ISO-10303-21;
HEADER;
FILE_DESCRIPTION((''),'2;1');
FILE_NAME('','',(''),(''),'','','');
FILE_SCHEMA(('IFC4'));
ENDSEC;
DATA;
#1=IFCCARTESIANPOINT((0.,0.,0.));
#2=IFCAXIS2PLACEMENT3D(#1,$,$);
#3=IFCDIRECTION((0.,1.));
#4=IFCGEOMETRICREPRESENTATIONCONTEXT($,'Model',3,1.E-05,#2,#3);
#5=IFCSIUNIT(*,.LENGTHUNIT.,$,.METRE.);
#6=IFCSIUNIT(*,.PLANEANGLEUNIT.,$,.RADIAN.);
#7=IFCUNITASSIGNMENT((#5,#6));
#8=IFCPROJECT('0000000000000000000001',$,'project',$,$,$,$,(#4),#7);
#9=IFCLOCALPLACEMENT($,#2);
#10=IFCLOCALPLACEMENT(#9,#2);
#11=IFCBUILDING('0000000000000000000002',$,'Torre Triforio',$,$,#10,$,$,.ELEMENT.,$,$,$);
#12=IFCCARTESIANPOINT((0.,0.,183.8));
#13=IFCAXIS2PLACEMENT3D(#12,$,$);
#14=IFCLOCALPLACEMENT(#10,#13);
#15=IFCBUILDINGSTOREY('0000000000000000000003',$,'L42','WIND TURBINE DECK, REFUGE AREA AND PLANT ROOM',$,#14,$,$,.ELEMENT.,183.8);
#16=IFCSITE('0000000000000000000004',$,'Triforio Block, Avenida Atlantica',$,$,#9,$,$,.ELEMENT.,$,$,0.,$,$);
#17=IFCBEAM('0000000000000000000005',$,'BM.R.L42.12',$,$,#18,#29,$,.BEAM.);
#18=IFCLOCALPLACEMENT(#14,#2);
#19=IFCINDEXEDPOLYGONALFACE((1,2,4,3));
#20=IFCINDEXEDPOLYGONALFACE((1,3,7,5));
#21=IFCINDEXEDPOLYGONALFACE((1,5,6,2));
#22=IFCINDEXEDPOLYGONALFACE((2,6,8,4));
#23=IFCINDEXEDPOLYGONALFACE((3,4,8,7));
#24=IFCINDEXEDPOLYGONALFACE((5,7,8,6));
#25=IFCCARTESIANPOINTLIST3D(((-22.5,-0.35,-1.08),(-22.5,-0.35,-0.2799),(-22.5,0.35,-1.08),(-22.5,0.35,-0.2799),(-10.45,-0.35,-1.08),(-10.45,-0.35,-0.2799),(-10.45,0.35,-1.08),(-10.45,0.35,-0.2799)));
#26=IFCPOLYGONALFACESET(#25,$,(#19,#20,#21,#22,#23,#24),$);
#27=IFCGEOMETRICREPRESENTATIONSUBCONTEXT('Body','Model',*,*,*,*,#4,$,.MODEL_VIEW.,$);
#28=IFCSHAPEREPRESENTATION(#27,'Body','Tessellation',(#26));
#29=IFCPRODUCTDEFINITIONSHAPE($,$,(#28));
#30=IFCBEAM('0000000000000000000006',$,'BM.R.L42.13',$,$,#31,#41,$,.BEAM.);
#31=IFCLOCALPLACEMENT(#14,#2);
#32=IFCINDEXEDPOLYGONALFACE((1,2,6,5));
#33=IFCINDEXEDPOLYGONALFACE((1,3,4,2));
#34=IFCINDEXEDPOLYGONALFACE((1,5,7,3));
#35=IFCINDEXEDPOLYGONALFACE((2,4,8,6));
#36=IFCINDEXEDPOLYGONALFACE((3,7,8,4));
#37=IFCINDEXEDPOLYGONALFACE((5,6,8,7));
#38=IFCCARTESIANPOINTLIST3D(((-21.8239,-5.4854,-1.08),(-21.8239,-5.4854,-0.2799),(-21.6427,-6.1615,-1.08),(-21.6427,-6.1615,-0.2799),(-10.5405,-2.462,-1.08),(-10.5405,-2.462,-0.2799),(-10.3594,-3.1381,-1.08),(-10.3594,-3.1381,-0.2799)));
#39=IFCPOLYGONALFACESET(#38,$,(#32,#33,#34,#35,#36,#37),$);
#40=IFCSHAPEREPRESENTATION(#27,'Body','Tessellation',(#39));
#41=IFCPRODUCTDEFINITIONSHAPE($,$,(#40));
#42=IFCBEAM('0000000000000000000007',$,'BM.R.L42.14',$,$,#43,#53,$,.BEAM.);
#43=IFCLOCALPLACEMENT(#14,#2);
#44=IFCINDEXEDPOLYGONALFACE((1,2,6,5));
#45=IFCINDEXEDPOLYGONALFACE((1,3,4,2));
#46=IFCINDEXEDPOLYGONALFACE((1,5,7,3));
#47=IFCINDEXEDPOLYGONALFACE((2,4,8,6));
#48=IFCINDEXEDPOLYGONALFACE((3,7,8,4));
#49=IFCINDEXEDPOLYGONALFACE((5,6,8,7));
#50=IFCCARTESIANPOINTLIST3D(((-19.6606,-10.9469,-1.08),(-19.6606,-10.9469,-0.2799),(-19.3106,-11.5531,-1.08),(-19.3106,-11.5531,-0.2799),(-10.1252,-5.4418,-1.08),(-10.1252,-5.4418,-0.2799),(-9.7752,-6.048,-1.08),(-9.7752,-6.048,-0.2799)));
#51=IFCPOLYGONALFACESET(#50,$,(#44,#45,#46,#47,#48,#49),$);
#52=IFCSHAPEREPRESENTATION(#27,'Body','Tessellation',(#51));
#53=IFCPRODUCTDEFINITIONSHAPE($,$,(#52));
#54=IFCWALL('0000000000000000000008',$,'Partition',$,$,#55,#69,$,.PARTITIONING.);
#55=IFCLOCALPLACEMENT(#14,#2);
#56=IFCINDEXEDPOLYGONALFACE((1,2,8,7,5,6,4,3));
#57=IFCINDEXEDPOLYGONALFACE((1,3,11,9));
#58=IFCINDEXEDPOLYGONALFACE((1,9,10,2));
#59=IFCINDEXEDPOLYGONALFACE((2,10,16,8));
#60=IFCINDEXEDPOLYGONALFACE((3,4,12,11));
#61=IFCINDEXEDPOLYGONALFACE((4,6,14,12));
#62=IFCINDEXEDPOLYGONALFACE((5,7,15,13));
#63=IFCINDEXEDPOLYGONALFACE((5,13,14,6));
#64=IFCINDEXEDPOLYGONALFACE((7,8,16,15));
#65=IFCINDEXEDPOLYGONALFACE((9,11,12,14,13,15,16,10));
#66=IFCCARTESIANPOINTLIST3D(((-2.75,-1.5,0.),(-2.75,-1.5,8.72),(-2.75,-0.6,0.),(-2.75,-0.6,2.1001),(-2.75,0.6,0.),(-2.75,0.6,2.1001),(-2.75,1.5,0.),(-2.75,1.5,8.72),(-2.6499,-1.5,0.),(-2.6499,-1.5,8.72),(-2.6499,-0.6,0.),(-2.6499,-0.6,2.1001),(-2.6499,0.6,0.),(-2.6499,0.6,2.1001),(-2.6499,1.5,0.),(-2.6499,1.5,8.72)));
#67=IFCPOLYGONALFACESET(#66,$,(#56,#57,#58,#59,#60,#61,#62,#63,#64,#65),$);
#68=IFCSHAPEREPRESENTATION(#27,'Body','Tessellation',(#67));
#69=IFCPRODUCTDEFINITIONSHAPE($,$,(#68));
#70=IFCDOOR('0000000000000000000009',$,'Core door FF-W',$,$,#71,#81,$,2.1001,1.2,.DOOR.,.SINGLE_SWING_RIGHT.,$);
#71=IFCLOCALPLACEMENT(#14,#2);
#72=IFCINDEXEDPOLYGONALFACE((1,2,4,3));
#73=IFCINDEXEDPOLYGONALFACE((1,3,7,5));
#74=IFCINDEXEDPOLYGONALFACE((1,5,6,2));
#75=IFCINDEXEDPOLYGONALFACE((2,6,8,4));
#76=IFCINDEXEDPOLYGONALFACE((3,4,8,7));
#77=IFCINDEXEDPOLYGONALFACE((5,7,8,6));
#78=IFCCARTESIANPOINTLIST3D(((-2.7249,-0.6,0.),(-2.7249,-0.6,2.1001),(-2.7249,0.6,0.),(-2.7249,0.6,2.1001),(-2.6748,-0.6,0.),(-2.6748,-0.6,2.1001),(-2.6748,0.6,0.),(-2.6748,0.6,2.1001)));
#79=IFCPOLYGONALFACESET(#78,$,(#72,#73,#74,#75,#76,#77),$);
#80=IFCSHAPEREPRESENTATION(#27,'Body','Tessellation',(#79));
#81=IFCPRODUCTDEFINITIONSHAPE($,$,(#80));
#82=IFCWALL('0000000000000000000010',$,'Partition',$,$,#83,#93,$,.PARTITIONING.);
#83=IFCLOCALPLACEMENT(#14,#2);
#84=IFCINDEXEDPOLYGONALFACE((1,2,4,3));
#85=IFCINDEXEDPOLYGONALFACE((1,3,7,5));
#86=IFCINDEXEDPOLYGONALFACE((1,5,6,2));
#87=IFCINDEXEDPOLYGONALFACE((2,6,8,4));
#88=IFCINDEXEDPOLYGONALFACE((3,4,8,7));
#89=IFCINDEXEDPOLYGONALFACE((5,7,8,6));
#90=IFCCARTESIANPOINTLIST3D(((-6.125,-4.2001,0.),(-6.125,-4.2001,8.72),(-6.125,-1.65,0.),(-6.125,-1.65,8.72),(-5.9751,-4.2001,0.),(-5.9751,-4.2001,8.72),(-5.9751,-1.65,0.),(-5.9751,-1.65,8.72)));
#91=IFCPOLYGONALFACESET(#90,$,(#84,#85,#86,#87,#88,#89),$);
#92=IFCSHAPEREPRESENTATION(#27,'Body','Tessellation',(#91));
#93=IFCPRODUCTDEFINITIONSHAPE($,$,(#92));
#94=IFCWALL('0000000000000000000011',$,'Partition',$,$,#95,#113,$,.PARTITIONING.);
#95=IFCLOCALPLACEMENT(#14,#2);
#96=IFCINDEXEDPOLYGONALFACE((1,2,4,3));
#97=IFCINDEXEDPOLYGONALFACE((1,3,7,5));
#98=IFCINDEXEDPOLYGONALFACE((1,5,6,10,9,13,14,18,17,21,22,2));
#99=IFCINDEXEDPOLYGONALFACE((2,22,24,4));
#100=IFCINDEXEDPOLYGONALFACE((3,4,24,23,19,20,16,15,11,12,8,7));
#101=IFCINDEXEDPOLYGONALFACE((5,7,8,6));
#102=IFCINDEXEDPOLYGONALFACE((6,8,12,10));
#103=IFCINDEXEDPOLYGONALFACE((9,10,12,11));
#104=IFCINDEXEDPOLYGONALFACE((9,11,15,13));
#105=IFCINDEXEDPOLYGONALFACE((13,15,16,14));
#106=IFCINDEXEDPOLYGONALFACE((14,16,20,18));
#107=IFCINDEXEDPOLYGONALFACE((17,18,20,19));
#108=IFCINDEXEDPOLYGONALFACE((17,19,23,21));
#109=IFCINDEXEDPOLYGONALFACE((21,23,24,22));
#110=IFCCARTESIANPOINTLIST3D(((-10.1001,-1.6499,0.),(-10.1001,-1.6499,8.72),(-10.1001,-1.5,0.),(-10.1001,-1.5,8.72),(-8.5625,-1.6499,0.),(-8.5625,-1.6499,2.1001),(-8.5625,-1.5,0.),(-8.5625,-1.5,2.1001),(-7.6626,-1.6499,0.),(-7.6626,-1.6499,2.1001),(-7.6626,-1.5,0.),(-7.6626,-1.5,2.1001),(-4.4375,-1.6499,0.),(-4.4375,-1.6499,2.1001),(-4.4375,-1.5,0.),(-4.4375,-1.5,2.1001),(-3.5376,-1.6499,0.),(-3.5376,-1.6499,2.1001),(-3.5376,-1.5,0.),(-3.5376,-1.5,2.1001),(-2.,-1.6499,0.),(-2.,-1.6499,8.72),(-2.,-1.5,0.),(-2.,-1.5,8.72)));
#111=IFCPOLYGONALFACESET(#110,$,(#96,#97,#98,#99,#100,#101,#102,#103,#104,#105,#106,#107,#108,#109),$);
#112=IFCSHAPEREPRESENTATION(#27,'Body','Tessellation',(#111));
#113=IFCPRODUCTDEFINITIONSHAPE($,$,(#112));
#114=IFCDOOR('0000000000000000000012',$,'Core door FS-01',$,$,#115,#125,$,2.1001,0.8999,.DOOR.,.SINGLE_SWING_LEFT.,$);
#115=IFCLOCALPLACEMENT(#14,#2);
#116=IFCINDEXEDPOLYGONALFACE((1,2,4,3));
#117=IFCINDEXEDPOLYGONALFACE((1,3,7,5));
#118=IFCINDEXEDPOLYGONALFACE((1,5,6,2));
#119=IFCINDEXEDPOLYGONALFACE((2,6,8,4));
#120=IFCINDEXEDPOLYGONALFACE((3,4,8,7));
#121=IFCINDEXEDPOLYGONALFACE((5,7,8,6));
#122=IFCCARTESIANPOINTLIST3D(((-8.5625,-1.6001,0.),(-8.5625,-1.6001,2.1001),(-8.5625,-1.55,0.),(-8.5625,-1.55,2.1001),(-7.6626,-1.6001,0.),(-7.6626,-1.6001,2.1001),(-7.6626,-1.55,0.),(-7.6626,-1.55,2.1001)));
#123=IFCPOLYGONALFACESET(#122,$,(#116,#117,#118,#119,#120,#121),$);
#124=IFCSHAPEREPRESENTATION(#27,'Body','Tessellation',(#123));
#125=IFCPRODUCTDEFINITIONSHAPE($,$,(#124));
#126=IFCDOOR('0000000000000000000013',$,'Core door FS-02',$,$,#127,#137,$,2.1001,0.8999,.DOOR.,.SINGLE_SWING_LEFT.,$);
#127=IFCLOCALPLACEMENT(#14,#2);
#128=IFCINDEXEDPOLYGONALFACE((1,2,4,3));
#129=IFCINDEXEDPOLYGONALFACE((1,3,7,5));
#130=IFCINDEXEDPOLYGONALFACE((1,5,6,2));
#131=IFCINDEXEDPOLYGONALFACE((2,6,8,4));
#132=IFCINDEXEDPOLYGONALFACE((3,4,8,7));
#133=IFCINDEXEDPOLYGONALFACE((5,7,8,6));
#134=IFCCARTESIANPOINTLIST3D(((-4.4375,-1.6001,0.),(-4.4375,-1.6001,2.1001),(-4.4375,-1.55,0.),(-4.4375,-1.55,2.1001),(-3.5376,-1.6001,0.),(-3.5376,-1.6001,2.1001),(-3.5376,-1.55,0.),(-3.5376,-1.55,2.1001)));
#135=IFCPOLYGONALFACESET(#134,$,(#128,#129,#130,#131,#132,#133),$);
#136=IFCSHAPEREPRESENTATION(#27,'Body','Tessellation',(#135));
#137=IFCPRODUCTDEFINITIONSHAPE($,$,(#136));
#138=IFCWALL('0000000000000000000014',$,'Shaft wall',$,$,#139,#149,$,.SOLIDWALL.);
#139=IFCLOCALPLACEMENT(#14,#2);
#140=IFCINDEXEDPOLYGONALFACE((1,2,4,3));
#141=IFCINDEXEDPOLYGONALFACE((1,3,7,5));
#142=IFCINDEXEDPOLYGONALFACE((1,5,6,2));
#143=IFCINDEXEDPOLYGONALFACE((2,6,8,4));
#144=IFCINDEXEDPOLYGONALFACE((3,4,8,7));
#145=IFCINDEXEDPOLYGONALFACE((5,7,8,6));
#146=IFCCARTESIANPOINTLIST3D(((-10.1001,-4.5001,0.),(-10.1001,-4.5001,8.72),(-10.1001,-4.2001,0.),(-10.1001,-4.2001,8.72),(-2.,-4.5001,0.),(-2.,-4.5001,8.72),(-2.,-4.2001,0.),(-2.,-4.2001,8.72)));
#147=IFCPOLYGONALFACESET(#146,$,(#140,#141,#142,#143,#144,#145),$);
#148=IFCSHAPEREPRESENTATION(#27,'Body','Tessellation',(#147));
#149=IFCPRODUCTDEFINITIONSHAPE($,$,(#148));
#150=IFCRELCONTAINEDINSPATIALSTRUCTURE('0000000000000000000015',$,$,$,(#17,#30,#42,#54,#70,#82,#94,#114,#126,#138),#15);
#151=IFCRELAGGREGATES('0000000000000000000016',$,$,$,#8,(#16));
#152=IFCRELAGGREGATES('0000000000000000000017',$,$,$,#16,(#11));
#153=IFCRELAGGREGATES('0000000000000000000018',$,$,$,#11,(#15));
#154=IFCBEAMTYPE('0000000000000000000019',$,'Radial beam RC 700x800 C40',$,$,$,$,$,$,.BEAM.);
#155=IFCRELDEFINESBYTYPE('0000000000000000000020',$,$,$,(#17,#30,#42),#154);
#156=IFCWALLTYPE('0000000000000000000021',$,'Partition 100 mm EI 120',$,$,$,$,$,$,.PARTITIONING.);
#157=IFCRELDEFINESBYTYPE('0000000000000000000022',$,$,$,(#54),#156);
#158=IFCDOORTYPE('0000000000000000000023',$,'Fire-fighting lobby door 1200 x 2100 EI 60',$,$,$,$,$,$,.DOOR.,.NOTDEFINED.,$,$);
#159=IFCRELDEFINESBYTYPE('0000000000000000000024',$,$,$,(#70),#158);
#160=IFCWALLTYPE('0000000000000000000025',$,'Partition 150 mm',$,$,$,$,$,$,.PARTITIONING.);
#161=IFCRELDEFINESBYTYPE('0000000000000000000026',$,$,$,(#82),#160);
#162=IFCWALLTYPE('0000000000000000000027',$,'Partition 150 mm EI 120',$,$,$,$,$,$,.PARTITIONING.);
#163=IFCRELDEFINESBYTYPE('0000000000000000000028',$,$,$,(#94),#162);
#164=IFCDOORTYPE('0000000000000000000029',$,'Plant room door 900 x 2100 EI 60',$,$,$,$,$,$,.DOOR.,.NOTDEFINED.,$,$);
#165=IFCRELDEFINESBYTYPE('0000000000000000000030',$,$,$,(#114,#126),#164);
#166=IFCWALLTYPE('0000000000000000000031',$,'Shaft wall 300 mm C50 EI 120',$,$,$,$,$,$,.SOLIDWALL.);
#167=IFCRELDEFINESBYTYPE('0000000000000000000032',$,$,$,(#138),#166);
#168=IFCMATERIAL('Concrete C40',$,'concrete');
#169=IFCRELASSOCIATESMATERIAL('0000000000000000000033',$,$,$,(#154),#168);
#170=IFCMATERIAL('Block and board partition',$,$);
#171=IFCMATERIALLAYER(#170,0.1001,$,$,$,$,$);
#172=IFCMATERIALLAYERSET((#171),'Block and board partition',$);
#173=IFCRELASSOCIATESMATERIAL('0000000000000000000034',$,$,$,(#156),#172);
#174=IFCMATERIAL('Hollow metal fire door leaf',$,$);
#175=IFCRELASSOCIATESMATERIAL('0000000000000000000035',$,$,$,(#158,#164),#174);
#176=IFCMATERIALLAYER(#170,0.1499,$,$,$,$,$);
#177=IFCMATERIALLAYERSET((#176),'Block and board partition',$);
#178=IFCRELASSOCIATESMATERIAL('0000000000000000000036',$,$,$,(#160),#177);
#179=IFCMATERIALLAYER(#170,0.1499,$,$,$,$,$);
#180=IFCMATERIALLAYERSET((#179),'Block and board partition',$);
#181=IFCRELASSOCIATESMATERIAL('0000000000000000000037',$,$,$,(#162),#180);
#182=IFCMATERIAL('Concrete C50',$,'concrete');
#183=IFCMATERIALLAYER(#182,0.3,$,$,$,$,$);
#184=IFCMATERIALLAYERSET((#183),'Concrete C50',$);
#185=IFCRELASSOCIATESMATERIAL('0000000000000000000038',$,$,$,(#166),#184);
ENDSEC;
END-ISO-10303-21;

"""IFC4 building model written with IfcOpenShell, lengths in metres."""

from ifc_helpers import new_model, si_unit, direction, frame, frame_2d, origin, origin_2d, place, context, subcontext, project, spatial, rectangle, extrude, material, layer, layer_set, material_profile, profile_set, type_object, element, fill, save


model = new_model("IFC4")

# Units and contexts
model_context = context("Model", 3, precision=1e-05, world=origin(), true_north=direction((0.0, 1.0)))
body_context = subcontext(model_context, "Body", "Model", "MODEL_VIEW")
ifc_project = project(units=[si_unit("LENGTHUNIT", "METRE"), si_unit("PLANEANGLEUNIT", "RADIAN")], contexts=[model_context])

# Site, building, storey
site_placement = place(None, origin())
site = spatial("IfcSite", under=ifc_project, at=site_placement, Name="Triforio Block, Avenida Atlantica", CompositionType="ELEMENT", RefElevation=0.0)
building_placement = place(site_placement, origin())
building = spatial("IfcBuilding", under=site, at=building_placement, Name="Torre Triforio", CompositionType="ELEMENT")
storey_placement = place(building_placement, frame((0.0, 0.0, 183.8)))
storey = spatial("IfcBuildingStorey", under=building, at=storey_placement, Name="L42", Description="WIND TURBINE DECK, REFUGE AREA AND PLANT ROOM", CompositionType="ELEMENT", Elevation=183.8)

# Beams
ifc_material_1 = material(Name="Concrete C40", Category="concrete")
ifc_material_profile = material_profile(ifc_material_1, rectangle(XDim=0.7, YDim=0.8, at=origin_2d()), Name="RC 700x800")
ifc_profile_set = profile_set([ifc_material_profile], Name="Concrete C40")
beam_type = type_object("IfcBeamType", Name="Radial beam RC 700x800 C40", PredefinedType="BEAM", material=ifc_profile_set)
beam_1_placement = place(storey_placement, frame((-10.45, 0.0, -0.6799), z_axis=(-1.0, 0.0, 0.0), x_axis=(0.0, -1.0, 0.0)))
element("IfcBeam", 1, at=beam_1_placement, inside=storey, type_object=beam_type, Name="BM.R.L42.12", PredefinedType="BEAM", context=body_context, shape_type="SweptSolid", body=[
    extrude(rectangle(XDim=0.7, YDim=0.8, at=origin_2d()), origin(), (0.0, 0.0, 1.0), 12.05),
])
beam_2_placement = place(storey_placement, frame((-10.45, -2.8, -0.6799), z_axis=(-0.965925, -0.258823, 0.0), x_axis=(0.258823, -0.965925, 0.0)))
element("IfcBeam", 2, at=beam_2_placement, inside=storey, type_object=beam_type, Name="BM.R.L42.13", PredefinedType="BEAM", context=body_context, shape_type="SweptSolid", body=[
    extrude(rectangle(XDim=0.7, YDim=0.8, at=origin_2d()), origin(), (0.0, 0.0, 1.0), 11.6814),
])
beam_3_placement = place(storey_placement, frame((-9.9502, -5.7449, -0.6799), z_axis=(-0.866031, -0.499991, 0.0), x_axis=(0.499991, -0.866031, 0.0)))
element("IfcBeam", 3, at=beam_3_placement, inside=storey, type_object=beam_type, Name="BM.R.L42.14", PredefinedType="BEAM", context=body_context, shape_type="SweptSolid", body=[
    extrude(rectangle(XDim=0.7, YDim=0.8, at=origin_2d()), origin(), (0.0, 0.0, 1.0), 11.0105),
])

# Wall, opening, door
ifc_material_2 = material(Name="Block and board partition")
ifc_layer_1 = layer(ifc_material_2, 0.1001)
ifc_layer_set_1 = layer_set([ifc_layer_1], Name="Block and board partition")
wall_type_1 = type_object("IfcWallType", Name="Partition 100 mm EI 120", PredefinedType="PARTITIONING", material=ifc_layer_set_1)
wall_1_placement = place(storey_placement, frame((-2.7, -1.5, 0.0), z_axis=(0.0, 0.0, 1.0), x_axis=(0.0, 1.0, 0.0)))
wall_1 = element("IfcWall", 4, at=wall_1_placement, inside=storey, type_object=wall_type_1, Name="Partition", PredefinedType="PARTITIONING", context=body_context, shape_type="SweptSolid", body=[
    extrude(rectangle(XDim=3.0, YDim=0.1001, at=frame_2d((1.5, 0.0))), origin(), (0.0, 0.0, 1.0), 8.72),
])
opening_1_placement = place(wall_1_placement, frame((0.8999, 0.0, 0.0)))
opening_1 = element("IfcOpeningElement", 5, at=opening_1_placement, cuts=wall_1, PredefinedType="OPENING", context=body_context, shape_type="SweptSolid", body=[
    extrude(rectangle(XDim=1.2, YDim=2.1001, at=frame_2d((0.6001, 1.05))), frame((0.0, 0.0601, 0.0), z_axis=(0.0, -1.0, 0.0), x_axis=(1.0, 0.0, 0.0)), (0.0, 0.0, 1.0), 0.1201),
])
ifc_material_3 = material(Name="Hollow metal fire door leaf")
door_type_1 = type_object("IfcDoorType", Name="Fire-fighting lobby door 1200 x 2100 EI 60", OperationType="NOTDEFINED", PredefinedType="DOOR", material=ifc_material_3)
door_1_placement = place(opening_1_placement, origin())
door_1 = element("IfcDoor", 6, at=door_1_placement, inside=storey, type_object=door_type_1, Name="Core door FF-W", OperationType="SINGLE_SWING_RIGHT", OverallHeight=2.1001, OverallWidth=1.2, PredefinedType="DOOR", context=body_context, shape_type="SweptSolid", body=[
    extrude(rectangle(XDim=1.2, YDim=2.1001, at=frame_2d((0.6001, 1.05))), frame((0.0, 0.0249, 0.0), z_axis=(0.0, -1.0, 0.0), x_axis=(1.0, 0.0, 0.0)), (0.0, 0.0, 1.0), 0.05),
])
fill(opening_1, door_1)

# Wall
ifc_layer_2 = layer(ifc_material_2, 0.1499)
ifc_layer_set_2 = layer_set([ifc_layer_2], Name="Block and board partition")
wall_type_2 = type_object("IfcWallType", Name="Partition 150 mm", PredefinedType="PARTITIONING", material=ifc_layer_set_2)
wall_2_placement = place(storey_placement, frame((-6.05, -4.2, 0.0), z_axis=(0.0, 0.0, 1.0), x_axis=(0.0, 1.0, 0.0)))
element("IfcWall", 7, at=wall_2_placement, inside=storey, type_object=wall_type_2, Name="Partition", PredefinedType="PARTITIONING", context=body_context, shape_type="SweptSolid", body=[
    extrude(rectangle(XDim=2.55, YDim=0.1499, at=frame_2d((1.2749, 0.0))), origin(), (0.0, 0.0, 1.0), 8.72),
])

# Wall, openings, doors
ifc_layer_3 = layer(ifc_material_2, 0.1499)
ifc_layer_set_3 = layer_set([ifc_layer_3], Name="Block and board partition")
wall_type_3 = type_object("IfcWallType", Name="Partition 150 mm EI 120", PredefinedType="PARTITIONING", material=ifc_layer_set_3)
wall_3_placement = place(storey_placement, frame((-10.1001, -1.575, 0.0), z_axis=(0.0, 0.0, 1.0), x_axis=(1.0, 0.0, 0.0)))
wall_3 = element("IfcWall", 8, at=wall_3_placement, inside=storey, type_object=wall_type_3, Name="Partition", PredefinedType="PARTITIONING", context=body_context, shape_type="SweptSolid", body=[
    extrude(rectangle(XDim=8.1001, YDim=0.1499, at=frame_2d((4.05, 0.0))), origin(), (0.0, 0.0, 1.0), 8.72),
])
opening_2_placement = place(wall_3_placement, frame((1.5376, 0.0, 0.0)))
opening_2 = element("IfcOpeningElement", 9, at=opening_2_placement, cuts=wall_3, PredefinedType="OPENING", context=body_context, shape_type="SweptSolid", body=[
    extrude(rectangle(XDim=0.8999, YDim=2.1001, at=frame_2d((0.45, 1.05))), frame((0.0, 0.085, 0.0), z_axis=(0.0, -1.0, 0.0), x_axis=(1.0, 0.0, 0.0)), (0.0, 0.0, 1.0), 0.1699),
])
opening_3_placement = place(wall_3_placement, frame((5.6626, 0.0, 0.0)))
opening_3 = element("IfcOpeningElement", 10, at=opening_3_placement, cuts=wall_3, PredefinedType="OPENING", context=body_context, shape_type="SweptSolid", body=[
    extrude(rectangle(XDim=0.8999, YDim=2.1001, at=frame_2d((0.45, 1.05))), frame((0.0, 0.085, 0.0), z_axis=(0.0, -1.0, 0.0), x_axis=(1.0, 0.0, 0.0)), (0.0, 0.0, 1.0), 0.1699),
])
door_type_2 = type_object("IfcDoorType", Name="Plant room door 900 x 2100 EI 60", OperationType="NOTDEFINED", PredefinedType="DOOR", material=ifc_material_3)
door_2_placement = place(opening_2_placement, origin())
door_2 = element("IfcDoor", 11, at=door_2_placement, inside=storey, type_object=door_type_2, Name="Core door FS-01", OperationType="SINGLE_SWING_LEFT", OverallHeight=2.1001, OverallWidth=0.8999, PredefinedType="DOOR", context=body_context, shape_type="SweptSolid", body=[
    extrude(rectangle(XDim=0.8999, YDim=2.1001, at=frame_2d((0.45, 1.05))), frame((0.0, 0.0249, 0.0), z_axis=(0.0, -1.0, 0.0), x_axis=(1.0, 0.0, 0.0)), (0.0, 0.0, 1.0), 0.05),
])
fill(opening_2, door_2)
door_3_placement = place(opening_3_placement, origin())
door_3 = element("IfcDoor", 12, at=door_3_placement, inside=storey, type_object=door_type_2, Name="Core door FS-02", OperationType="SINGLE_SWING_LEFT", OverallHeight=2.1001, OverallWidth=0.8999, PredefinedType="DOOR", context=body_context, shape_type="SweptSolid", body=[
    extrude(rectangle(XDim=0.8999, YDim=2.1001, at=frame_2d((0.45, 1.05))), frame((0.0, 0.0249, 0.0), z_axis=(0.0, -1.0, 0.0), x_axis=(1.0, 0.0, 0.0)), (0.0, 0.0, 1.0), 0.05),
])
fill(opening_3, door_3)

# Wall
ifc_material_4 = material(Name="Concrete C50", Category="concrete")
ifc_layer_4 = layer(ifc_material_4, 0.3)
ifc_layer_set_4 = layer_set([ifc_layer_4], Name="Concrete C50")
wall_type_4 = type_object("IfcWallType", Name="Shaft wall 300 mm C50 EI 120", PredefinedType="SOLIDWALL", material=ifc_layer_set_4)
wall_4_placement = place(storey_placement, frame((-10.1001, -4.3501, 0.0), z_axis=(0.0, 0.0, 1.0), x_axis=(1.0, 0.0, 0.0)))
element("IfcWall", 13, at=wall_4_placement, inside=storey, type_object=wall_type_4, Name="Shaft wall", PredefinedType="SOLIDWALL", context=body_context, shape_type="SweptSolid", body=[
    extrude(rectangle(XDim=8.1001, YDim=0.3, at=frame_2d((4.05, 0.0))), origin(), (0.0, 0.0, 1.0), 8.72),
])

save(model, "model.ifc")
